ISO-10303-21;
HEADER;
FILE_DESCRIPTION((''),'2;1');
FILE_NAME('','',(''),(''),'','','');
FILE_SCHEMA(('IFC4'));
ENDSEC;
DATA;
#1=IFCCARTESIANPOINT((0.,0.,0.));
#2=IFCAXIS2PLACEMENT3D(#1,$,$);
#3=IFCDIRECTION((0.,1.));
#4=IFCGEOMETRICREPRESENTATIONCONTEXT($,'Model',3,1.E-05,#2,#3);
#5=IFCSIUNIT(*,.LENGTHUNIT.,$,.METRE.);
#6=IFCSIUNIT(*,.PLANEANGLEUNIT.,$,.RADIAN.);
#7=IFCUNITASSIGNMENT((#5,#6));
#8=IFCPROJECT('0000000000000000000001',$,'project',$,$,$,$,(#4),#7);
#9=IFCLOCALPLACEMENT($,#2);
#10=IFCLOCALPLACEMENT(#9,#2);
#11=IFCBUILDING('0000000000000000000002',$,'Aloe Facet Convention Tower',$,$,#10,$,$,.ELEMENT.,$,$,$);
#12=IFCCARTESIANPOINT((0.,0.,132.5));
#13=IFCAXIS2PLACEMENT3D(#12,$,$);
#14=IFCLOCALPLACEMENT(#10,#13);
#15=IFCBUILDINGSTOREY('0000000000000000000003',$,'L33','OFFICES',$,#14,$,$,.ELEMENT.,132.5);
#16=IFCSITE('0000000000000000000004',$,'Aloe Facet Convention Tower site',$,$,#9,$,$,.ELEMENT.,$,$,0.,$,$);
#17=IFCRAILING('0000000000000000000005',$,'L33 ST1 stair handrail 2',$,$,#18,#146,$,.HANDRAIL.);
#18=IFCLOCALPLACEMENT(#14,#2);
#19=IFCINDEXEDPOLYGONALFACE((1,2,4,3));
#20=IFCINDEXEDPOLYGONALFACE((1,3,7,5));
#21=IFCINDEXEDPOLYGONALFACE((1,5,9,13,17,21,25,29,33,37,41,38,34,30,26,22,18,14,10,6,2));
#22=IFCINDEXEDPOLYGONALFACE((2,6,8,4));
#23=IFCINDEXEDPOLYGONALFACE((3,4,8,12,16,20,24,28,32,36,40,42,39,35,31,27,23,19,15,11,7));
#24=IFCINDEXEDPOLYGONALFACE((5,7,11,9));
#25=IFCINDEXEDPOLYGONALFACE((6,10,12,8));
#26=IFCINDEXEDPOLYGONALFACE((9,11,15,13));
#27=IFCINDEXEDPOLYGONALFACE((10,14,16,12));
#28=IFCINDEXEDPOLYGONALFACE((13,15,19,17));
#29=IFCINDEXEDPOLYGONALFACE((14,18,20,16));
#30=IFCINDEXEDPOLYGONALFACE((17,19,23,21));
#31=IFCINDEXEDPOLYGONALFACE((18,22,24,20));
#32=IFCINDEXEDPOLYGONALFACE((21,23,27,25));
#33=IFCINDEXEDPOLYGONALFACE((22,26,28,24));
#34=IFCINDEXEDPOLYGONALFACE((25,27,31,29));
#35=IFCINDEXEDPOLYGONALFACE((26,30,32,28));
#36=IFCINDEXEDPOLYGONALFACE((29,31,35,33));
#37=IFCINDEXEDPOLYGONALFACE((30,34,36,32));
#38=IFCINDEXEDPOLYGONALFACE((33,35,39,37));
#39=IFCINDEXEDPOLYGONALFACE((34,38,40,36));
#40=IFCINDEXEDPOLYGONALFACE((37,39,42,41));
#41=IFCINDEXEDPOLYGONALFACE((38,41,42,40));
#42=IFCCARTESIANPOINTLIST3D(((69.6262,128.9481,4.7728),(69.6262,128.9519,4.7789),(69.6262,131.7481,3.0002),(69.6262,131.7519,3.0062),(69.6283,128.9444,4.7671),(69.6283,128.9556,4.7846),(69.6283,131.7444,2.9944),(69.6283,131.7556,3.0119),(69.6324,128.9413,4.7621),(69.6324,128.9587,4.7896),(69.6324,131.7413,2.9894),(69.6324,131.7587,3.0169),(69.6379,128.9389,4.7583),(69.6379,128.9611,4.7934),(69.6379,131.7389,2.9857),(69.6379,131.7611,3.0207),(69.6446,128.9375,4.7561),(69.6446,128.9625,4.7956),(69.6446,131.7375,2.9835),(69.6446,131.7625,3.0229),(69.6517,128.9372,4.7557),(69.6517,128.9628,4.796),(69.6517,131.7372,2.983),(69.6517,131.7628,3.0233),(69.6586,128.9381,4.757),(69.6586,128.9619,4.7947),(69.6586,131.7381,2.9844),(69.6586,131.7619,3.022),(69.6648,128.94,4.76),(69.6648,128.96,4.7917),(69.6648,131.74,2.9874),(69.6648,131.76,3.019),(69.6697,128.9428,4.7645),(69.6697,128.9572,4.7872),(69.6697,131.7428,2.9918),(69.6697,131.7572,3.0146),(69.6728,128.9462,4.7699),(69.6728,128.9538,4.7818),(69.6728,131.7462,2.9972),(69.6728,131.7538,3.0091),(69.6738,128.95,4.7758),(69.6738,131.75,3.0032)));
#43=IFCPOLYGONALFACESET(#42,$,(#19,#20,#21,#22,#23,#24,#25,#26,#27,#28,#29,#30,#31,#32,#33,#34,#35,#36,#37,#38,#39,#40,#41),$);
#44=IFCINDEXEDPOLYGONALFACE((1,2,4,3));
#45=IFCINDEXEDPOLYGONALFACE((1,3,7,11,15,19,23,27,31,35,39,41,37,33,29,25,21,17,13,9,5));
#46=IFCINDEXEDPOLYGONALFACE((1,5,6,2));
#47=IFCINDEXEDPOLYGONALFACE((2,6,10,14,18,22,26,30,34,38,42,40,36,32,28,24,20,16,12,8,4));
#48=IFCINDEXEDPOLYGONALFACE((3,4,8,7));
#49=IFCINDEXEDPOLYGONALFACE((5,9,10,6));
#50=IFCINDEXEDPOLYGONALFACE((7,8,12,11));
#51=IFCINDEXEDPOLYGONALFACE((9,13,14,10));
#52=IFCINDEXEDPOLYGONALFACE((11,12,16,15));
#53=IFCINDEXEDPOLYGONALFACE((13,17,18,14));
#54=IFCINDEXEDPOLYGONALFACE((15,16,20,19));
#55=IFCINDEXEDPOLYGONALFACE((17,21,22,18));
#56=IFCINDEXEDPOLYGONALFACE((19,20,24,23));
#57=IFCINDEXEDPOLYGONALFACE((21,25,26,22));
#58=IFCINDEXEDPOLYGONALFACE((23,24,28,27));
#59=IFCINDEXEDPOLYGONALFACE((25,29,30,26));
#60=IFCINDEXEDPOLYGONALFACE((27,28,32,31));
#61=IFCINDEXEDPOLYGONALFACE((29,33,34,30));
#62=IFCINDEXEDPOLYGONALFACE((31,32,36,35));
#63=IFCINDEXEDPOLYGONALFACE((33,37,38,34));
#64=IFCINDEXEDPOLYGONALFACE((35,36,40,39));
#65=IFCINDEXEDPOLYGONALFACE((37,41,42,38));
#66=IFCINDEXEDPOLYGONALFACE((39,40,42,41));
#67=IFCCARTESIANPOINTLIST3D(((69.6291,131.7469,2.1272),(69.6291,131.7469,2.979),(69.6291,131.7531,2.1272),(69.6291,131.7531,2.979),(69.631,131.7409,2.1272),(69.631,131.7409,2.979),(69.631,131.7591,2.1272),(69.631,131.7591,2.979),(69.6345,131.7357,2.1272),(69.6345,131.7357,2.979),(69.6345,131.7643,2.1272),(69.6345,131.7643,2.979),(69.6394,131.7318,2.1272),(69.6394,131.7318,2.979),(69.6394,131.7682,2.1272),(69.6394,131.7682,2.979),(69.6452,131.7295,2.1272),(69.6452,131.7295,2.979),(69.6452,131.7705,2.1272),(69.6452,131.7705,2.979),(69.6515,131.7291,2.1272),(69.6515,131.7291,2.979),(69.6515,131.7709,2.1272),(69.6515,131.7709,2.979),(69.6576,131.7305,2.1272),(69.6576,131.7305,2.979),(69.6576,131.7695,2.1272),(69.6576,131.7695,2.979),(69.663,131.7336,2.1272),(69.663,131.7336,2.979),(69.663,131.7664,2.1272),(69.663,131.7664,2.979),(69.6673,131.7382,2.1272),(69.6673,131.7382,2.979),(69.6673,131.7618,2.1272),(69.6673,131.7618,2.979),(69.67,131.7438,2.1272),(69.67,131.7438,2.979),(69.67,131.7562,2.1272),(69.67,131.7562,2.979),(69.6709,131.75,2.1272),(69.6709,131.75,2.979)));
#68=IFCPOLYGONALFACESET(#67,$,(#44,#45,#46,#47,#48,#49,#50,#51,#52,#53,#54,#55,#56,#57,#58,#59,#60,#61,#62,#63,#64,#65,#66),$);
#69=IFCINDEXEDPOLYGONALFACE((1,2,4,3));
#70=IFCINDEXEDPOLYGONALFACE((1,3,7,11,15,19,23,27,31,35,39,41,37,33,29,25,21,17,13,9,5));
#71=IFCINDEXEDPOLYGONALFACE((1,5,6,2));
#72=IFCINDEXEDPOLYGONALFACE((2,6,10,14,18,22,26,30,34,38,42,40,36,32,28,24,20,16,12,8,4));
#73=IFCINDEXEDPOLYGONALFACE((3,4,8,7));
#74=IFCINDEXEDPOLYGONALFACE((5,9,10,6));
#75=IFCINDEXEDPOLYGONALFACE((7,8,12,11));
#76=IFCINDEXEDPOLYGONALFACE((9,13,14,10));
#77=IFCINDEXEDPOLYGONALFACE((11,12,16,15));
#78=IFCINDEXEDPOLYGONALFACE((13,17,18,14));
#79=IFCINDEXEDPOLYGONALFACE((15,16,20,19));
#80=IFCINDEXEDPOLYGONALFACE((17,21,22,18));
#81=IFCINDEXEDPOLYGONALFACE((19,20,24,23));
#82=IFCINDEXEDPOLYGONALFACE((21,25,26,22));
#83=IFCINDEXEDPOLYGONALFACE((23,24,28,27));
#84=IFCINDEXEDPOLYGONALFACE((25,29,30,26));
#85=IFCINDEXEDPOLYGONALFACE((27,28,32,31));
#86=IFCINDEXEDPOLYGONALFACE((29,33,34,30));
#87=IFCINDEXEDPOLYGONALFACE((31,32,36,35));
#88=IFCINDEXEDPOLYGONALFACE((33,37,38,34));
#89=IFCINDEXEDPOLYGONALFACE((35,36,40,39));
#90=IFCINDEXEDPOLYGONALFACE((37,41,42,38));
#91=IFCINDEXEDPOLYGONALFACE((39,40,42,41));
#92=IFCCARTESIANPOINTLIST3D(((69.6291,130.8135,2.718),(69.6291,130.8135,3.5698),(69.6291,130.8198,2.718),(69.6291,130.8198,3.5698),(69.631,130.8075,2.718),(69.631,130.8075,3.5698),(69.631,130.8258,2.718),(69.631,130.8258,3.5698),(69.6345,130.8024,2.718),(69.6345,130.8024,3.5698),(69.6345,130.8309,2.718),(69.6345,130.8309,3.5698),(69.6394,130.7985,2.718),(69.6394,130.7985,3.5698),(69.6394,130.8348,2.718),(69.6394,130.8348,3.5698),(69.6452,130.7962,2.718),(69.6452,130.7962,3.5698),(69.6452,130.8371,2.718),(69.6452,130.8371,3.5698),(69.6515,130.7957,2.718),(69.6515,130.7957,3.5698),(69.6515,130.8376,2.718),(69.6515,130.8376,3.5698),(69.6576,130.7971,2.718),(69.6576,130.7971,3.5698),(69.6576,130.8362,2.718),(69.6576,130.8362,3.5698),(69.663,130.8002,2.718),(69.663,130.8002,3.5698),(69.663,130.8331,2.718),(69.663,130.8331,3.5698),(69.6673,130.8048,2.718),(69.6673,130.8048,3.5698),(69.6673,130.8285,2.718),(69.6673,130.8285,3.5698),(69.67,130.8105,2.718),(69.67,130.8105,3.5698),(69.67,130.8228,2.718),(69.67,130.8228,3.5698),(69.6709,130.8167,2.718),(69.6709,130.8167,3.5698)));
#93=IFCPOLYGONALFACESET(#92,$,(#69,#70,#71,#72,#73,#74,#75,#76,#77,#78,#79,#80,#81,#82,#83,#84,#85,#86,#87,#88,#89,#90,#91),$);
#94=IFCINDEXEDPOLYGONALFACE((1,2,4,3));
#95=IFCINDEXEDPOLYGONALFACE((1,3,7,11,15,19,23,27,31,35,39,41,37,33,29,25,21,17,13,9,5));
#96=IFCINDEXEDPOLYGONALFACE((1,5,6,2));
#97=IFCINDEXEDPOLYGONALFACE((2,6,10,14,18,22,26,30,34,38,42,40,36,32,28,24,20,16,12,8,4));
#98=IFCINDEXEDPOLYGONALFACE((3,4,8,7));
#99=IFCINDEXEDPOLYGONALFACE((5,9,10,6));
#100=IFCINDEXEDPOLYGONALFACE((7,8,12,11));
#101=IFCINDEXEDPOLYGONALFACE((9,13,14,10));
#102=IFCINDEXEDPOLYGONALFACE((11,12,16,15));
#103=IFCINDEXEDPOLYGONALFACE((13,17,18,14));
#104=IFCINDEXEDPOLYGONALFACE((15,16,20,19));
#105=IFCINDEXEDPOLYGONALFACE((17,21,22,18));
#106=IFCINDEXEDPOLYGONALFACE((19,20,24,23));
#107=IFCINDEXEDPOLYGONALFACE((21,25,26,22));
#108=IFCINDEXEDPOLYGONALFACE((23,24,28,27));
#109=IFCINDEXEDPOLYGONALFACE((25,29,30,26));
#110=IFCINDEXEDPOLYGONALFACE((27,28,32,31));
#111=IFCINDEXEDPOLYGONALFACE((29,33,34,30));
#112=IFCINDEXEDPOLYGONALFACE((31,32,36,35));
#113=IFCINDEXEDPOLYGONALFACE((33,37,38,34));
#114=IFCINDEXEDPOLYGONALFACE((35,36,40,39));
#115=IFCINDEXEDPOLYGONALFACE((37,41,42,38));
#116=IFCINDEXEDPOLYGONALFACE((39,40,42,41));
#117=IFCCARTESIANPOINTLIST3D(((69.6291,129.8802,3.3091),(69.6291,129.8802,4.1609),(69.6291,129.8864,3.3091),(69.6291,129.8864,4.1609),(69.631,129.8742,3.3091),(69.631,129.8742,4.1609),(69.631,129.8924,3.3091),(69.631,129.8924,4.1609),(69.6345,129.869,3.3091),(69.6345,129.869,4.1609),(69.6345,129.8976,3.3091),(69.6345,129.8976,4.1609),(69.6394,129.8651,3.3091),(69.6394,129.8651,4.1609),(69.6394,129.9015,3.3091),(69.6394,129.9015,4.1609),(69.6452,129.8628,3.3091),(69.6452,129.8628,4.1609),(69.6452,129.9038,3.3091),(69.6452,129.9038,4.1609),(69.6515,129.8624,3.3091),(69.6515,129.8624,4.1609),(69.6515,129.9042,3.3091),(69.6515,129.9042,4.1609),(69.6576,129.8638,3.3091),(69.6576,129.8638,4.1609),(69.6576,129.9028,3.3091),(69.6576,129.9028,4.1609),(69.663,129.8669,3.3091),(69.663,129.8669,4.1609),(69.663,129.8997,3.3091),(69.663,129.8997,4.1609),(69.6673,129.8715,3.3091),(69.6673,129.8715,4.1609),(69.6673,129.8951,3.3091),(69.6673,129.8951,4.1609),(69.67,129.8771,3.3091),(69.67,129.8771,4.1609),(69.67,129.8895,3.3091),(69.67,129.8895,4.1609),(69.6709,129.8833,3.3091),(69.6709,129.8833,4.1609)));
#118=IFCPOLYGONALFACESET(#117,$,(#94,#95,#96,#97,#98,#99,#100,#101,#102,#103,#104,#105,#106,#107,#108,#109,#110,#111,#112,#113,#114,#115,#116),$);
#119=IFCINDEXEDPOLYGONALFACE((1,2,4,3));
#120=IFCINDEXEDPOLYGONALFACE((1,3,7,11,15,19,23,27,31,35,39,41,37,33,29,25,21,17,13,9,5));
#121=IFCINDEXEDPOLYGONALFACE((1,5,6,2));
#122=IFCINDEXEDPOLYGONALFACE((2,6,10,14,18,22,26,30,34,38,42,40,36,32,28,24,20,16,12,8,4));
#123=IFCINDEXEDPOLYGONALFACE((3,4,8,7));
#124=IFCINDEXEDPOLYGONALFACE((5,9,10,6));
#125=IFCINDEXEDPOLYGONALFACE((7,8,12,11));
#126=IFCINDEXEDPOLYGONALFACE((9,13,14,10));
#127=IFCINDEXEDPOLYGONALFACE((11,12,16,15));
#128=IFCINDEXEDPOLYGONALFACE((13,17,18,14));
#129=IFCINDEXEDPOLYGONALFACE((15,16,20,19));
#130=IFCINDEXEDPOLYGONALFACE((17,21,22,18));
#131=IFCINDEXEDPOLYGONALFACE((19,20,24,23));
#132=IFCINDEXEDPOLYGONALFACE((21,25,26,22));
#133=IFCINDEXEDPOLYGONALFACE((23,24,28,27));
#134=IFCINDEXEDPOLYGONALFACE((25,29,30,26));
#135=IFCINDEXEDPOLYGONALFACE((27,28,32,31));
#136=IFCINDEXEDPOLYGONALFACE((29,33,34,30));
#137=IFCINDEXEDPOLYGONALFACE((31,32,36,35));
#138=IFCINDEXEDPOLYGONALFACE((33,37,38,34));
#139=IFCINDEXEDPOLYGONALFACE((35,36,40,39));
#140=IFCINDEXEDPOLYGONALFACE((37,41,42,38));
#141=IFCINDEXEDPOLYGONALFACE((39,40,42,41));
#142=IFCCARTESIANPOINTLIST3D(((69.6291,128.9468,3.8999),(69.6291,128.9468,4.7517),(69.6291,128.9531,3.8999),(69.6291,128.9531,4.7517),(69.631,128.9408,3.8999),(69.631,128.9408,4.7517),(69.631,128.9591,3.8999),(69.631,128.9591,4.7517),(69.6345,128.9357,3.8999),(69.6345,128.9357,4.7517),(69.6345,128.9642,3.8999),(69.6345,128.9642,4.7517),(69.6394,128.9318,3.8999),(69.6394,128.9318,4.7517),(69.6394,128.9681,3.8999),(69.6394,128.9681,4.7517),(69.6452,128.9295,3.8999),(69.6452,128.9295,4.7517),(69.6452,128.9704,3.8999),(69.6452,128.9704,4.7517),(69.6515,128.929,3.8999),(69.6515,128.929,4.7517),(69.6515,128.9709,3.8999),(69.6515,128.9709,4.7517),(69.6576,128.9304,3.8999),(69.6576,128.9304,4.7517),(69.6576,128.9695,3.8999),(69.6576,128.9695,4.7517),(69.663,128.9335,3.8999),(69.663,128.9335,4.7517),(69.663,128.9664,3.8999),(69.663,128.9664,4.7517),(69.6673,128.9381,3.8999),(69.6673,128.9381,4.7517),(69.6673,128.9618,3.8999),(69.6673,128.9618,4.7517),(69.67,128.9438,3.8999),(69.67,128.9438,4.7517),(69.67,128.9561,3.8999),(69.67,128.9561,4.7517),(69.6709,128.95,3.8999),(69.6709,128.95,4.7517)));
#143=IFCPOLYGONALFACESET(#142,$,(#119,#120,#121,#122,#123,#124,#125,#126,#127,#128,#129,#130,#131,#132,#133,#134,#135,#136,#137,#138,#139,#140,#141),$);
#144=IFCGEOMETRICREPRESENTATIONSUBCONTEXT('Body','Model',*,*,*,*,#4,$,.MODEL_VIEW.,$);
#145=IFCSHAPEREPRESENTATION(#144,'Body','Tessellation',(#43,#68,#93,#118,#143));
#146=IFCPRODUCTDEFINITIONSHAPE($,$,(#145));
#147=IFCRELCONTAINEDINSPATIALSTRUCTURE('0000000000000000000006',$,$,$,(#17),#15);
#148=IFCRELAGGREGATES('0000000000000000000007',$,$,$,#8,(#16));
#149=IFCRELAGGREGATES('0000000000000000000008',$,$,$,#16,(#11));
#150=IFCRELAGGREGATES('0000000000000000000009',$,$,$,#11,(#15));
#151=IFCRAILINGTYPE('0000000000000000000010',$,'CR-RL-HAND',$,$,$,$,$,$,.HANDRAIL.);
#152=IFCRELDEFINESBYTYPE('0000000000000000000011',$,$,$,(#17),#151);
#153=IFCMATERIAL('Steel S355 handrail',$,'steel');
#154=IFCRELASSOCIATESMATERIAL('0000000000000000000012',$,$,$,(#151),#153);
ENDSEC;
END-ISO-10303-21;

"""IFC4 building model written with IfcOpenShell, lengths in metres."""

from ifc_helpers import new_model, si_unit, direction, frame, origin, origin_2d, place, context, subcontext, project, spatial, circle, extrude, material, type_object, element, save


model = new_model("IFC4")

# Units and contexts
model_context = context("Model", 3, precision=1e-05, world=origin(), true_north=direction((0.0, 1.0)))
body_context = subcontext(model_context, "Body", "Model", "MODEL_VIEW")
ifc_project = project(units=[si_unit("LENGTHUNIT", "METRE"), si_unit("PLANEANGLEUNIT", "RADIAN")], contexts=[model_context])

# Site, building, storey
site_placement = place(None, origin())
site = spatial("IfcSite", under=ifc_project, at=site_placement, Name="Aloe Facet Convention Tower site", CompositionType="ELEMENT", RefElevation=0.0)
building_placement = place(site_placement, origin())
building = spatial("IfcBuilding", under=site, at=building_placement, Name="Aloe Facet Convention Tower", CompositionType="ELEMENT")
storey_placement = place(building_placement, frame((0.0, 0.0, 132.5)))
storey = spatial("IfcBuildingStorey", under=building, at=storey_placement, Name="L33", Description="OFFICES", CompositionType="ELEMENT", Elevation=132.5)

# Railing
ifc_material_1 = material(Name="Steel S355 handrail", Category="steel")
railing_type = type_object("IfcRailingType", Name="CR-RL-HAND", PredefinedType="HANDRAIL", material=ifc_material_1)
railing_placement = place(storey_placement, frame((69.6499, 131.75, 2.1272)))
element("IfcRailing", 1, at=railing_placement, inside=storey, type_object=railing_type, Name="L33 ST1 stair handrail 2", PredefinedType="HANDRAIL", context=body_context, shape_type="SweptSolid", body=[
    extrude(circle(Radius=0.0239, at=origin_2d()), frame((0.0, 0.0, 0.876), z_axis=(0.0, -0.844909, 0.53491), x_axis=(1.0, 0.0, 0.0)), (0.0, 0.0, 1.0), 3.314),
    extrude(circle(Radius=0.021, at=origin_2d()), origin(), (0.0, 0.0, 1.0), 0.8518),
    extrude(circle(Radius=0.021, at=origin_2d()), frame((0.0, -0.9333, 0.5908)), (0.0, 0.0, 1.0), 0.8518),
    extrude(circle(Radius=0.021, at=origin_2d()), frame((0.0, -1.8667, 1.1819)), (0.0, 0.0, 1.0), 0.8518),
    extrude(circle(Radius=0.021, at=origin_2d()), frame((0.0, -2.8, 1.7727)), (0.0, 0.0, 1.0), 0.8518),
])

save(model, "model.ifc")
